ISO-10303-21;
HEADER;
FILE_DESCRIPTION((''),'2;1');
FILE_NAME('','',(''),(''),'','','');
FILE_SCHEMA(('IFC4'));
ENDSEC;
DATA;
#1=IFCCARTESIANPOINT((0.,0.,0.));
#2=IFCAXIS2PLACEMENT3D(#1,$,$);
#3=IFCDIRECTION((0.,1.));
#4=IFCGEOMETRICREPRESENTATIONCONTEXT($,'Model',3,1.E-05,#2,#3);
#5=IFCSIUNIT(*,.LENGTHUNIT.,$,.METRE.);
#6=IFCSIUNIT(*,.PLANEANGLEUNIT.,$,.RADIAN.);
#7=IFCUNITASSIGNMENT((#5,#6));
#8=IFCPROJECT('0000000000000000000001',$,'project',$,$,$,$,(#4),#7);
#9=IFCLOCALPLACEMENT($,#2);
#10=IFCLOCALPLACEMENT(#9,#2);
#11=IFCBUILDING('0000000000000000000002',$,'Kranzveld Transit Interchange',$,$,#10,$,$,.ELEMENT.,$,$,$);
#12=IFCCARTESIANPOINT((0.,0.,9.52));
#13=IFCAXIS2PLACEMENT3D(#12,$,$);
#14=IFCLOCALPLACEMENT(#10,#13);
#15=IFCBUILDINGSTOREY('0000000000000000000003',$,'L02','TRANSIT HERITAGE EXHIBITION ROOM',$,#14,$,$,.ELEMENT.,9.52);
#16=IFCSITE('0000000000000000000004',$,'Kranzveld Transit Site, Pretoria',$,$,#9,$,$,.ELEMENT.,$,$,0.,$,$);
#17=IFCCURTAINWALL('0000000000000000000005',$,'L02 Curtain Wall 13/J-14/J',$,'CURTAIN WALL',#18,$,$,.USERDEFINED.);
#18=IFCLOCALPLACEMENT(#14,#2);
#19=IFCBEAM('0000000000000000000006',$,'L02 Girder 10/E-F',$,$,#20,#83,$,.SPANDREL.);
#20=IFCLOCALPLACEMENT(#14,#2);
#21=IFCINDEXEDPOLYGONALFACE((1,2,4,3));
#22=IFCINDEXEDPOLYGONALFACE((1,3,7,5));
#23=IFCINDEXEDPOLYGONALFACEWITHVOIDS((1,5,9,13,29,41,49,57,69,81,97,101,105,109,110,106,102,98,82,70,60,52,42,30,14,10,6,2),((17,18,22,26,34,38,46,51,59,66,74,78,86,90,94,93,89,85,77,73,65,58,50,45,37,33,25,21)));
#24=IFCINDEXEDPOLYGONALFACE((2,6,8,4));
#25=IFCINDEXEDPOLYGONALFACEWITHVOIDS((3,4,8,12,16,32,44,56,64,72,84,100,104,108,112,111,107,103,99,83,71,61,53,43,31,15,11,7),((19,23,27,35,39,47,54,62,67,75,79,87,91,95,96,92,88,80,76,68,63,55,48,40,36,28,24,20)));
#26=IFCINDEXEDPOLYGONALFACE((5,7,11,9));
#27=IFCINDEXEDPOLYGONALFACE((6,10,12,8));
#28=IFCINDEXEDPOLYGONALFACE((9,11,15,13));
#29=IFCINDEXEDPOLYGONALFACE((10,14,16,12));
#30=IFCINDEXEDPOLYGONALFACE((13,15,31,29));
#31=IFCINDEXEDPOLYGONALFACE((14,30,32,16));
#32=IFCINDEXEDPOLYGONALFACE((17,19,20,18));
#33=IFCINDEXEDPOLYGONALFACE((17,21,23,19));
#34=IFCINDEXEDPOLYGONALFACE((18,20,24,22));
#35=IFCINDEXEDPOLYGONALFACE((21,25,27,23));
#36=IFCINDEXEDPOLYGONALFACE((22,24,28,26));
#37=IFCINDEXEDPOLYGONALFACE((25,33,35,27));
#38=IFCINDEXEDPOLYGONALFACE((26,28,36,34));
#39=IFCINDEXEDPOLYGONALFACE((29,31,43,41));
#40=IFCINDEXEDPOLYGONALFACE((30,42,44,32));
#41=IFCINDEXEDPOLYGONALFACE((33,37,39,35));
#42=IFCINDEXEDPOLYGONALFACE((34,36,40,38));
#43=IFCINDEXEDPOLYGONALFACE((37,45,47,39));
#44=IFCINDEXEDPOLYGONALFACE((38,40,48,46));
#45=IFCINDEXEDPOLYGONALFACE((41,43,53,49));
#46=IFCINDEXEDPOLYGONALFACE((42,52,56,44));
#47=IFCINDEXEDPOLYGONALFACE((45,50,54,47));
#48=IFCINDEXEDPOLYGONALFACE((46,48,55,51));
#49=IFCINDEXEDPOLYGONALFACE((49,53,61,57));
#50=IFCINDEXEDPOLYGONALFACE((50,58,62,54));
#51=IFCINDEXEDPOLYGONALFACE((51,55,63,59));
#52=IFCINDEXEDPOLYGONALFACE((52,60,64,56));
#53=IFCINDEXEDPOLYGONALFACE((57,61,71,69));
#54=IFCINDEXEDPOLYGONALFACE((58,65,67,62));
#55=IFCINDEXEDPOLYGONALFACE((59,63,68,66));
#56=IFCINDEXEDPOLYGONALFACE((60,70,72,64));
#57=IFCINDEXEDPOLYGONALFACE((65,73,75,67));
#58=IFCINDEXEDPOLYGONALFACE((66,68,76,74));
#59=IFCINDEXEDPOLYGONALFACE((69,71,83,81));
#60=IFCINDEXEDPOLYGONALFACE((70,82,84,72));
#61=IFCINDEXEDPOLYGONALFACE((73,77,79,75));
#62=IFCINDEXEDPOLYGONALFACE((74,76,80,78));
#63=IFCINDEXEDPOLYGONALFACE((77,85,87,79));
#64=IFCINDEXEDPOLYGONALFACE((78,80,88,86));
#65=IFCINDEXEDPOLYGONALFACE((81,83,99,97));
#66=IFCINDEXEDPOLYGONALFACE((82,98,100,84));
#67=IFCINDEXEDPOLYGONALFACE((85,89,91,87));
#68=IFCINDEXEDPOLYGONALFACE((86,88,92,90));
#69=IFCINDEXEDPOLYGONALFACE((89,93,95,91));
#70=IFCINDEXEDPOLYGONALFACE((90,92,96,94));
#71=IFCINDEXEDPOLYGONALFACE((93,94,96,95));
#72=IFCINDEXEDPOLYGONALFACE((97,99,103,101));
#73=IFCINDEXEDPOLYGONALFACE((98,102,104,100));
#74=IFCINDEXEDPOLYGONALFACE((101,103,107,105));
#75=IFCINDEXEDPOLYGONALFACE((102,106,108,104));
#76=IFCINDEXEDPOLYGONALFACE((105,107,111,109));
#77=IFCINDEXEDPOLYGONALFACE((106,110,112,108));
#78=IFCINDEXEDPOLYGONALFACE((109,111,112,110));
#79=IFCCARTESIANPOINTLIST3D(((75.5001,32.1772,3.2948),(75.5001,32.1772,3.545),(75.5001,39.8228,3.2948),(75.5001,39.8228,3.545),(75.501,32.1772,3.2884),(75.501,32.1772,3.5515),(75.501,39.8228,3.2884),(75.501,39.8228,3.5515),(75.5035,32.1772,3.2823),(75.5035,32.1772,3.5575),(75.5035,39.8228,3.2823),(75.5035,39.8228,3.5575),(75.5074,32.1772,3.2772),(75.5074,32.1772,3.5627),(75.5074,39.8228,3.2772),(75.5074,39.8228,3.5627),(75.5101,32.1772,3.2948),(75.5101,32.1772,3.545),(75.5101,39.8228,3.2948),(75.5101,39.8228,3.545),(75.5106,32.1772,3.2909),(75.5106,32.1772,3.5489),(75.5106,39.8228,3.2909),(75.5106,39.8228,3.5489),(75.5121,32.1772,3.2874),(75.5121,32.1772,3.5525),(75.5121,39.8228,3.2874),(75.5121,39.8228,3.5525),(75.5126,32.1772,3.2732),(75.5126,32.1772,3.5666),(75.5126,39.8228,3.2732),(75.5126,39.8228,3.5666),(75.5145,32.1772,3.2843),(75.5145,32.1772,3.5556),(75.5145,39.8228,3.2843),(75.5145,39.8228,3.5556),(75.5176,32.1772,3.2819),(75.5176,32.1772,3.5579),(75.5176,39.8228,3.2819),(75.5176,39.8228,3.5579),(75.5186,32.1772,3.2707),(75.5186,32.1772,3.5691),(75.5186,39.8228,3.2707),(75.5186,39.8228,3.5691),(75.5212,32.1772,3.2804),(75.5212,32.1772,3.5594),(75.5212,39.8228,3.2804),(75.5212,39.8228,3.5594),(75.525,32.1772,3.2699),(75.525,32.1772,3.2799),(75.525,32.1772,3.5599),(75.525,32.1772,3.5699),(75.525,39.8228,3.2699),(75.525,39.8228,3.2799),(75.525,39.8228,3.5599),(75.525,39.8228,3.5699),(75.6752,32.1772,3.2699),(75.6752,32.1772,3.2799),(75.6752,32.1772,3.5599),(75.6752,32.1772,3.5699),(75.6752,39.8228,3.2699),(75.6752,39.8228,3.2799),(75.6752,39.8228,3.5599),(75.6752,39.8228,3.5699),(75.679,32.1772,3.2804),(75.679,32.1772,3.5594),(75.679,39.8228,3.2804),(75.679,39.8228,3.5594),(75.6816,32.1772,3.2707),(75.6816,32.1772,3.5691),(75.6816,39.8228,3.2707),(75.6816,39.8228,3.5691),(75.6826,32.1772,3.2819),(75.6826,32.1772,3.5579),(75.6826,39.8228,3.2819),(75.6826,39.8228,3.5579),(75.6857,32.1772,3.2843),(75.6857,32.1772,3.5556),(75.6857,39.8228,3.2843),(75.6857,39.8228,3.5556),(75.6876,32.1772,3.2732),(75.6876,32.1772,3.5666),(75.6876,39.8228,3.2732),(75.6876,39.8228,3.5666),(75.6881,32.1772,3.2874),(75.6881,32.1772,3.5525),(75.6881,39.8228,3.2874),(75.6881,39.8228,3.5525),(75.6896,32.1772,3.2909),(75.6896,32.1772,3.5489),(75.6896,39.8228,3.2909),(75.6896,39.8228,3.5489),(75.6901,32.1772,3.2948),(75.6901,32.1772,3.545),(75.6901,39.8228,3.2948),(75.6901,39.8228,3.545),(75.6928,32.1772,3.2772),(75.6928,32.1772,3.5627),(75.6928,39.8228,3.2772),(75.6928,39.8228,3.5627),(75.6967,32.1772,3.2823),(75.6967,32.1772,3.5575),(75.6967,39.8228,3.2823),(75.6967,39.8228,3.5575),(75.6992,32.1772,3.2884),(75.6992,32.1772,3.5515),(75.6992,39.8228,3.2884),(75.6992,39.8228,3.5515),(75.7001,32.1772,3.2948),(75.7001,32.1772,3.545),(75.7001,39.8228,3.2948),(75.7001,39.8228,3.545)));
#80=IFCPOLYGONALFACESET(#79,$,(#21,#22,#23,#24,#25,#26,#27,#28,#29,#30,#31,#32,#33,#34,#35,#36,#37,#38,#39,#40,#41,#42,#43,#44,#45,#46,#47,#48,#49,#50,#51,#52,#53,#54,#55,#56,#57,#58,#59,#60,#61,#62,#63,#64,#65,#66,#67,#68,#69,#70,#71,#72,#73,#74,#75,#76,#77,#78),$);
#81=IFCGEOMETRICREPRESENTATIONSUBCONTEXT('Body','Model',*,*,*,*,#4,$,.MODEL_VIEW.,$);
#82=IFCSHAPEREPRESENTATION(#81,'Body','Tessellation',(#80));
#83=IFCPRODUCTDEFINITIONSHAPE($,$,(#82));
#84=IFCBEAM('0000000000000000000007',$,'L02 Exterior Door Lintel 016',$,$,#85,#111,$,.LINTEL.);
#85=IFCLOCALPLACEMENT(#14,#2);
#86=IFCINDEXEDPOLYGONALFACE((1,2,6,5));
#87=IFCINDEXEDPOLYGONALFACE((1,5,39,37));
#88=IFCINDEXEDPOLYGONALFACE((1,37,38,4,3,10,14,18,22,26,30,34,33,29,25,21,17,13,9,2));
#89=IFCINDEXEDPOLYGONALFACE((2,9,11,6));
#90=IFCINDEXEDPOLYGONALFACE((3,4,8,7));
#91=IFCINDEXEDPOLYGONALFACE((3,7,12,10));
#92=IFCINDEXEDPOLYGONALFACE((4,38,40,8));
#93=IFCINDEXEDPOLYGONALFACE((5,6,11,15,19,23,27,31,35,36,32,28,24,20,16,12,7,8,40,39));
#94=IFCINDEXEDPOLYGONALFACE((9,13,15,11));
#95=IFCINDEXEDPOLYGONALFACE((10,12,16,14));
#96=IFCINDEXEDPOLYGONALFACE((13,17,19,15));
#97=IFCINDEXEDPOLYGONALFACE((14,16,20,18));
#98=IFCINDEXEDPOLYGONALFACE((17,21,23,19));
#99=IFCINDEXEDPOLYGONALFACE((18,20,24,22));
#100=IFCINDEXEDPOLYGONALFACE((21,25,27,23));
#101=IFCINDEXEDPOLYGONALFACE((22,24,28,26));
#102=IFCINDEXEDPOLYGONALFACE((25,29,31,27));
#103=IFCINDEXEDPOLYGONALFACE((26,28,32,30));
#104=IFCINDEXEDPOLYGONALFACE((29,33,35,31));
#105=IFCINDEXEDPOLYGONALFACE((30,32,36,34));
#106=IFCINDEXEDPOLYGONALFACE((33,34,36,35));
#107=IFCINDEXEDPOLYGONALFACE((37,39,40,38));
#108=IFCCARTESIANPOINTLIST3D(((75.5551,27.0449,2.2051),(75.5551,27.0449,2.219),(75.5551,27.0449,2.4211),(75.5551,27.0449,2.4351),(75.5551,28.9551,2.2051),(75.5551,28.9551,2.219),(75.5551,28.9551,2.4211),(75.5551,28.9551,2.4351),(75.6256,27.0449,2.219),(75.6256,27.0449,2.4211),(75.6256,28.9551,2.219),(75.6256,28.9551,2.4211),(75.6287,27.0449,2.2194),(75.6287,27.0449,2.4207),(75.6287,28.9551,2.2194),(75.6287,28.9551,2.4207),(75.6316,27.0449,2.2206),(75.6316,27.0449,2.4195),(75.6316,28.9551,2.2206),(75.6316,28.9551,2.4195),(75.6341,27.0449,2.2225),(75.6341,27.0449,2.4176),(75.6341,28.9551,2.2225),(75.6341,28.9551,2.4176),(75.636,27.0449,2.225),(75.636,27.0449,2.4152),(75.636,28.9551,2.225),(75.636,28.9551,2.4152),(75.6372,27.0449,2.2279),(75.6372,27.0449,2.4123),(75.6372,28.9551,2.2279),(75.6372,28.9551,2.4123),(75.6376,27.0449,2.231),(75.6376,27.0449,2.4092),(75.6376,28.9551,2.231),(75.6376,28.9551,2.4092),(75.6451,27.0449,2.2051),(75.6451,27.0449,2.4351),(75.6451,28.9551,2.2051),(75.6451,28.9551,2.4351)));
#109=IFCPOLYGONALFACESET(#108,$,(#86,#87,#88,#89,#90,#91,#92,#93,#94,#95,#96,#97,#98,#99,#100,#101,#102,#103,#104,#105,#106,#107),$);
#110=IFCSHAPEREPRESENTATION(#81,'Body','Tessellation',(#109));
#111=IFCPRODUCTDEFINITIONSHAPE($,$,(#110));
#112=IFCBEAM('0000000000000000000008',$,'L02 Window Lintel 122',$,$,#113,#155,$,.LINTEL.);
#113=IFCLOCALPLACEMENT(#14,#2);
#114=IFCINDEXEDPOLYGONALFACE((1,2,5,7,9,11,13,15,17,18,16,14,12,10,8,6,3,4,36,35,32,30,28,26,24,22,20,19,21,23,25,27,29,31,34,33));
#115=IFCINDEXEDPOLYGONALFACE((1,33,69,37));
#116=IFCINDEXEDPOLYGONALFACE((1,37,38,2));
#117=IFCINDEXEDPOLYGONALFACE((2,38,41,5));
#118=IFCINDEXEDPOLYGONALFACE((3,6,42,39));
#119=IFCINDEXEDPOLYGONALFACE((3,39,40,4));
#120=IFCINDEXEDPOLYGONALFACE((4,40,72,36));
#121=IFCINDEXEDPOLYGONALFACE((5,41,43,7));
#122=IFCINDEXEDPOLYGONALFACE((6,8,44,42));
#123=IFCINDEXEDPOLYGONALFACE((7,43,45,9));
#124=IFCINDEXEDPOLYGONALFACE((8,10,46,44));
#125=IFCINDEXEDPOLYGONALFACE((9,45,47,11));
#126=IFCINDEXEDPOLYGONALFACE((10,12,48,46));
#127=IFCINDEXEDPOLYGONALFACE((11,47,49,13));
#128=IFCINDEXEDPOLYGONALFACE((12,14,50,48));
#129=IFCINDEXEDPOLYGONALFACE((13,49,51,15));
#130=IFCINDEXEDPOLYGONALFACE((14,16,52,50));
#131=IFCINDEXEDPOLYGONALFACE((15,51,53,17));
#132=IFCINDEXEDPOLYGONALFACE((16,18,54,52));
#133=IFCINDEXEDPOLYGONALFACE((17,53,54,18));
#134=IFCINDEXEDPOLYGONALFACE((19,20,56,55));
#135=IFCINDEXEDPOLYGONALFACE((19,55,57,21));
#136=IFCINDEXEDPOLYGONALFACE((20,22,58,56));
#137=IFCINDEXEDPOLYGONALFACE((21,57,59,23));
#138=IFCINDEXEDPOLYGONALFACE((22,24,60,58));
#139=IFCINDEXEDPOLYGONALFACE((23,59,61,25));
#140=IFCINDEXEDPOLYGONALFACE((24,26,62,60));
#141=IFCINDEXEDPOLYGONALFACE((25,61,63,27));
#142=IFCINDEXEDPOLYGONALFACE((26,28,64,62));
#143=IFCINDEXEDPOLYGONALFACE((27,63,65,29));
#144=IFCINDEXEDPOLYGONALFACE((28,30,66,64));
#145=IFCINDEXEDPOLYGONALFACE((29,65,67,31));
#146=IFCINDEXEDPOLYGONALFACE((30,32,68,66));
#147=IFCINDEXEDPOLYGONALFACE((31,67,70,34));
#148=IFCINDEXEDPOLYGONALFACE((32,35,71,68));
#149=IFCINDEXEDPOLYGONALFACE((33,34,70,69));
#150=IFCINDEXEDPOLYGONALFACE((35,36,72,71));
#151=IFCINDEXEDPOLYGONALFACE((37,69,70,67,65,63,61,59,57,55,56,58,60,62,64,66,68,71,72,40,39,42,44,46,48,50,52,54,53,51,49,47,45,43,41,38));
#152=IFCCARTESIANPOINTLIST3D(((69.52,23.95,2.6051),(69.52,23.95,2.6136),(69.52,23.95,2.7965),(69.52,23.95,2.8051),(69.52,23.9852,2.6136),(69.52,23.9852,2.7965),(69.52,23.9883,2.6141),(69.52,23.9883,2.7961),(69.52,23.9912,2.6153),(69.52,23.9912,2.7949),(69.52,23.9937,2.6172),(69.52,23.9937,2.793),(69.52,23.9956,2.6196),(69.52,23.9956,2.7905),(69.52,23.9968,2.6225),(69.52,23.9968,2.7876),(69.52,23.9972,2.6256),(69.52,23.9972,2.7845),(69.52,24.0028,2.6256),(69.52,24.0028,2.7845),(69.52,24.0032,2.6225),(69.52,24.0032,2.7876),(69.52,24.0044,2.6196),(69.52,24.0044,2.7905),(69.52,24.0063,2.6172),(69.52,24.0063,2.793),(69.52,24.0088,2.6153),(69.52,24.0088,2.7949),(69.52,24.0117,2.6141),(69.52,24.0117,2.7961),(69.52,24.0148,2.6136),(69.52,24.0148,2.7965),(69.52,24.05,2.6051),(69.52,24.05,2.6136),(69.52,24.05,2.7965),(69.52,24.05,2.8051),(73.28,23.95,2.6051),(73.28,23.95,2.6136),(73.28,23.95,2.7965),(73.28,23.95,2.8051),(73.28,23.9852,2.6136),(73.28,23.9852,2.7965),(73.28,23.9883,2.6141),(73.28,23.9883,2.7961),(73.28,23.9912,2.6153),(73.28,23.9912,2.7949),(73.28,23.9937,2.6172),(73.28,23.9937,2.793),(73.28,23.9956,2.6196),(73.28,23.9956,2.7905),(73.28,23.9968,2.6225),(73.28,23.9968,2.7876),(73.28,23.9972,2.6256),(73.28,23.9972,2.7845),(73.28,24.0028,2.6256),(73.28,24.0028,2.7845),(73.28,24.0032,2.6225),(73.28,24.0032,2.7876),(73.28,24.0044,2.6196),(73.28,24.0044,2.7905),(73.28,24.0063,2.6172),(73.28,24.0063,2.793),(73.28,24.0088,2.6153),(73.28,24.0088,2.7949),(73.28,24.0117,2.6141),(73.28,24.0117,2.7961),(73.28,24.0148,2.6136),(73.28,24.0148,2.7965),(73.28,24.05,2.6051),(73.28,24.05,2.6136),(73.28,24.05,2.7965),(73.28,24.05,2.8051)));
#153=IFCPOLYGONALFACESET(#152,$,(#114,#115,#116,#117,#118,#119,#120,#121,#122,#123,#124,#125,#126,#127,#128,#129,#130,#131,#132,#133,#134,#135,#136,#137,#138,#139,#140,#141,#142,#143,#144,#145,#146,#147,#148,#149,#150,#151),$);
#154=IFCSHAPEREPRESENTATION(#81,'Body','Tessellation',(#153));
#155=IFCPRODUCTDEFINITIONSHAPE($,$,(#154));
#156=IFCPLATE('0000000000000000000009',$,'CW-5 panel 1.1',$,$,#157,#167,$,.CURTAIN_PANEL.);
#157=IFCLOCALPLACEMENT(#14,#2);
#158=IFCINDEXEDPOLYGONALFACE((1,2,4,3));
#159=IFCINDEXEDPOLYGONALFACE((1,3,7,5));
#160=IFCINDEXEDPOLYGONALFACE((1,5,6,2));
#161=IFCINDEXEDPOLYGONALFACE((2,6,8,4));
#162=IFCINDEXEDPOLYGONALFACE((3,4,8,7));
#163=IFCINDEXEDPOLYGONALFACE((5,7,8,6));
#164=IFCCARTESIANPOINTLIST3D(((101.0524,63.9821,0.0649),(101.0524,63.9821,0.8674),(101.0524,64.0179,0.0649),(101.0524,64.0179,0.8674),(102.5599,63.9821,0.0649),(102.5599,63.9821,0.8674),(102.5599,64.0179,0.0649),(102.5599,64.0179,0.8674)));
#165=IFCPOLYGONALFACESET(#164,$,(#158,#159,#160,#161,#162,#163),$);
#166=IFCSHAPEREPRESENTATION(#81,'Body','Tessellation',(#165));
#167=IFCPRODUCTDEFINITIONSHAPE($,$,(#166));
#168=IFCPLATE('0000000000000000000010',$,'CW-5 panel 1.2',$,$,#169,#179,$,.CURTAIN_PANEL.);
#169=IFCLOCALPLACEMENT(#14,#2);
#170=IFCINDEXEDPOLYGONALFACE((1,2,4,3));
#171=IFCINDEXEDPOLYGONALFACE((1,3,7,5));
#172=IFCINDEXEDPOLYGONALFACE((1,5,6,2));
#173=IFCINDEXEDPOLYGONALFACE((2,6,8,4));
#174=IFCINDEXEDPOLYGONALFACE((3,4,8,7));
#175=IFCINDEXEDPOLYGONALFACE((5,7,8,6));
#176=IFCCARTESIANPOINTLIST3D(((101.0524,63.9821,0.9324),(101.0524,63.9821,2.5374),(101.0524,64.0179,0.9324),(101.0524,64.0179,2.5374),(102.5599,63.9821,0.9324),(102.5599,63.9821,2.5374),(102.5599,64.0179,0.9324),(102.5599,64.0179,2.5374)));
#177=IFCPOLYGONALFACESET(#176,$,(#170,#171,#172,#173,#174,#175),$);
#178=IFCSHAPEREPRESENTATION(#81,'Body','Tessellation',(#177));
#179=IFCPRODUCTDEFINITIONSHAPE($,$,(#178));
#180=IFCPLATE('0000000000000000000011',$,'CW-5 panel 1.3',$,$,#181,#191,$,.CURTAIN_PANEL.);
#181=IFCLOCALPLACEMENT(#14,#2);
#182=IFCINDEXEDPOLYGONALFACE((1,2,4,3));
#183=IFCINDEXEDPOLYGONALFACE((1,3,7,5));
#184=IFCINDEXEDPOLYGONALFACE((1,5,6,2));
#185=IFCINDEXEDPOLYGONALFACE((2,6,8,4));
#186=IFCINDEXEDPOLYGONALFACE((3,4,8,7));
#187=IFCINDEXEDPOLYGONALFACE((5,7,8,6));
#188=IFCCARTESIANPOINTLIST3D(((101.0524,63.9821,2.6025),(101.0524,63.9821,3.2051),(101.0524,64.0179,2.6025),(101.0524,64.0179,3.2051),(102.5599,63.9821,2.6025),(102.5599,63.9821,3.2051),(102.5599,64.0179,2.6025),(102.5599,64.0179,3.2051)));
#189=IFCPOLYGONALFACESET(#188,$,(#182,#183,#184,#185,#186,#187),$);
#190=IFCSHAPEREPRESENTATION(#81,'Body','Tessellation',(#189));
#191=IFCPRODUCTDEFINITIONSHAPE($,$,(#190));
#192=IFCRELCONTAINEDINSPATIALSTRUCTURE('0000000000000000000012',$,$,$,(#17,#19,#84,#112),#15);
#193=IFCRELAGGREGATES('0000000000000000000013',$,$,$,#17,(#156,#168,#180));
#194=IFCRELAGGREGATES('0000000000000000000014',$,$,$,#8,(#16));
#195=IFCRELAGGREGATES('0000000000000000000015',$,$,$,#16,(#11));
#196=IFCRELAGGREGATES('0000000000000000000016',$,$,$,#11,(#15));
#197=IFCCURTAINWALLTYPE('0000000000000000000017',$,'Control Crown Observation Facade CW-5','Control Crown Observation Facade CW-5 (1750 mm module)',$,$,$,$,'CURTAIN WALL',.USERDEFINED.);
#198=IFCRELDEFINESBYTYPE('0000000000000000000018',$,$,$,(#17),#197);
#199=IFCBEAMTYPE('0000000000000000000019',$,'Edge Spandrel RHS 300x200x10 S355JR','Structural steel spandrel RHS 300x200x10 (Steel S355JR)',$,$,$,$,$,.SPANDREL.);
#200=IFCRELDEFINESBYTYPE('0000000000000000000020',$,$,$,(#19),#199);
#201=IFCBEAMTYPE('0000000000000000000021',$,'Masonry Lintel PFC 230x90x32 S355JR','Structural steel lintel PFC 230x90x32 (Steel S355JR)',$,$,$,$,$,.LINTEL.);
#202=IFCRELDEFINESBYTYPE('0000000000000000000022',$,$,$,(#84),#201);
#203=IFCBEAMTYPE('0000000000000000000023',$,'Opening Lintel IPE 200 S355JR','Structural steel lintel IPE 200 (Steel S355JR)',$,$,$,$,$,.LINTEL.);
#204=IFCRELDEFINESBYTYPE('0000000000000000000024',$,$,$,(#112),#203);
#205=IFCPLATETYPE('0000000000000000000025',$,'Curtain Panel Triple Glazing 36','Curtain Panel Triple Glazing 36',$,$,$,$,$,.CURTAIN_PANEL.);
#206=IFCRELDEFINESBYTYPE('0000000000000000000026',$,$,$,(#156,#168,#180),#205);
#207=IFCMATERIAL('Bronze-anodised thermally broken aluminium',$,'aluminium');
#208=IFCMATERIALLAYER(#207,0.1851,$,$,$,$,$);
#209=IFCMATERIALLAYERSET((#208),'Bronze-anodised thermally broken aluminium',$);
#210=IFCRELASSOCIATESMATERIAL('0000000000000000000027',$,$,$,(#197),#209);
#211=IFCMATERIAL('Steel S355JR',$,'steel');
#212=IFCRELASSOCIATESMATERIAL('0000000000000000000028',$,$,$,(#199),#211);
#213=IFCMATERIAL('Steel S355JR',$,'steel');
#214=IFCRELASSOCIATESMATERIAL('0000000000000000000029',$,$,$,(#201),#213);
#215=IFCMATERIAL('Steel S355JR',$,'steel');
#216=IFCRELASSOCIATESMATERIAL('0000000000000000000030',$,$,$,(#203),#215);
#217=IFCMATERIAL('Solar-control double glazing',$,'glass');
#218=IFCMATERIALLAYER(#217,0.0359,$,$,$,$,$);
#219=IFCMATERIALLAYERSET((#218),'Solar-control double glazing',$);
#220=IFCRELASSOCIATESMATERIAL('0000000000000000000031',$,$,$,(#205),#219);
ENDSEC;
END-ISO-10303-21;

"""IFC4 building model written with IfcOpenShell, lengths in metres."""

from ifc_helpers import new_model, si_unit, direction, frame, origin, origin_2d, place, context, subcontext, project, spatial, rectangle, hollow_rectangle, i_section, u_section, extrude, material, layer, layer_set, material_profile, profile_set, type_object, element, aggregate, save


model = new_model("IFC4")

# Units and contexts
model_context = context("Model", 3, precision=1e-05, world=origin(), true_north=direction((0.0, 1.0)))
body_context = subcontext(model_context, "Body", "Model", "MODEL_VIEW")
ifc_project = project(units=[si_unit("LENGTHUNIT", "METRE"), si_unit("PLANEANGLEUNIT", "RADIAN")], contexts=[model_context])

# Site, building, storey
site_placement = place(None, origin())
site = spatial("IfcSite", under=ifc_project, at=site_placement, Name="Kranzveld Transit Site, Pretoria", CompositionType="ELEMENT", RefElevation=0.0)
building_placement = place(site_placement, origin())
building = spatial("IfcBuilding", under=site, at=building_placement, Name="Kranzveld Transit Interchange", CompositionType="ELEMENT")
storey_placement = place(building_placement, frame((0.0, 0.0, 9.52)))
storey = spatial("IfcBuildingStorey", under=building, at=storey_placement, Name="L02", Description="TRANSIT HERITAGE EXHIBITION ROOM", CompositionType="ELEMENT", Elevation=9.52)

# Curtain wall
ifc_material_1 = material(Name="Bronze-anodised thermally broken aluminium", Category="aluminium")
ifc_layer_1 = layer(ifc_material_1, 0.1851)
ifc_layer_set_1 = layer_set([ifc_layer_1], Name="Bronze-anodised thermally broken aluminium")
curtain_wall_type = type_object("IfcCurtainWallType", Name="Control Crown Observation Facade CW-5", Description="Control Crown Observation Facade CW-5 (1750 mm module)", ElementType="CURTAIN WALL", PredefinedType="USERDEFINED", material=ifc_layer_set_1)
curtain_wall_placement = place(storey_placement, origin())
curtain_wall = element("IfcCurtainWall", 1, at=curtain_wall_placement, inside=storey, type_object=curtain_wall_type, Name="L02 Curtain Wall 13/J-14/J", ObjectType="CURTAIN WALL", PredefinedType="USERDEFINED")

# Beams
ifc_material_2 = material(Name="Steel S355JR", Category="steel")
ifc_material_profile_1 = material_profile(ifc_material_2, hollow_rectangle(XDim=0.2, YDim=0.3, WallThickness=0.01, InnerFilletRadius=0.0149, OuterFilletRadius=0.0249, at=origin_2d()), Name="RHS 300x200x10")
ifc_profile_set_1 = profile_set([ifc_material_profile_1], Name="Steel S355JR")
beam_type_1 = type_object("IfcBeamType", Name="Edge Spandrel RHS 300x200x10 S355JR", Description="Structural steel spandrel RHS 300x200x10 (Steel S355JR)", PredefinedType="SPANDREL", material=ifc_profile_set_1)
for number, where, z_axis, x_axis, name in (
    (2, (75.6001, 32.1772, 3.4199), (0.0, 1.0, 0.0), (-1.0, 0.0, 0.0), "L02 Girder 10/E-F"),
):
    element("IfcBeam", number, at=place(storey_placement, frame(where, z_axis=z_axis, x_axis=x_axis)), inside=storey, type_object=beam_type_1, Name=name, PredefinedType="SPANDREL", context=body_context, shape_type="SweptSolid", body=[
        extrude(hollow_rectangle(XDim=0.2, YDim=0.3, WallThickness=0.01, InnerFilletRadius=0.0149, OuterFilletRadius=0.0249, at=origin_2d()), origin(), (0.0, 0.0, 1.0), 7.6455),
    ])
ifc_material_3 = material(Name="Steel S355JR", Category="steel")
ifc_material_profile_2 = material_profile(ifc_material_3, u_section(Depth=0.23, FlangeWidth=0.0901, WebThickness=0.0076, FlangeThickness=0.0139, FilletRadius=0.012, at=origin_2d()), Name="PFC 230x90x32")
ifc_profile_set_2 = profile_set([ifc_material_profile_2], Name="Steel S355JR")
beam_type_2 = type_object("IfcBeamType", Name="Masonry Lintel PFC 230x90x32 S355JR", Description="Structural steel lintel PFC 230x90x32 (Steel S355JR)", PredefinedType="LINTEL", material=ifc_profile_set_2)
beam_1_placement = place(storey_placement, frame((75.6001, 27.0449, 2.3201), z_axis=(0.0, 1.0, 0.0), x_axis=(-1.0, 0.0, 0.0)))
element("IfcBeam", 3, at=beam_1_placement, inside=storey, type_object=beam_type_2, Name="L02 Exterior Door Lintel 016", PredefinedType="LINTEL", context=body_context, shape_type="SweptSolid", body=[
    extrude(u_section(Depth=0.23, FlangeWidth=0.0901, WebThickness=0.0076, FlangeThickness=0.0139, FilletRadius=0.012, at=origin_2d()), origin(), (0.0, 0.0, 1.0), 1.9102),
])
ifc_material_4 = material(Name="Steel S355JR", Category="steel")
ifc_material_profile_3 = material_profile(ifc_material_4, i_section(OverallWidth=0.1001, OverallDepth=0.2, WebThickness=0.0056, FlangeThickness=0.0085, FilletRadius=0.012, at=origin_2d()), Name="IPE 200")
ifc_profile_set_3 = profile_set([ifc_material_profile_3], Name="Steel S355JR")
beam_type_3 = type_object("IfcBeamType", Name="Opening Lintel IPE 200 S355JR", Description="Structural steel lintel IPE 200 (Steel S355JR)", PredefinedType="LINTEL", material=ifc_profile_set_3)
beam_2_placement = place(storey_placement, frame((69.52, 24.0, 2.7051), z_axis=(1.0, 0.0, 0.0), x_axis=(0.0, 1.0, 0.0)))
element("IfcBeam", 4, at=beam_2_placement, inside=storey, type_object=beam_type_3, Name="L02 Window Lintel 122", PredefinedType="LINTEL", context=body_context, shape_type="SweptSolid", body=[
    extrude(i_section(OverallWidth=0.1001, OverallDepth=0.2, WebThickness=0.0056, FlangeThickness=0.0085, FilletRadius=0.012, at=origin_2d()), origin(), (0.0, 0.0, 1.0), 3.76),
])

# Plates
ifc_material_5 = material(Name="Solar-control double glazing", Category="glass")
ifc_layer_2 = layer(ifc_material_5, 0.0359)
ifc_layer_set_2 = layer_set([ifc_layer_2], Name="Solar-control double glazing")
plate_type = type_object("IfcPlateType", Name="Curtain Panel Triple Glazing 36", Description="Curtain Panel Triple Glazing 36", PredefinedType="CURTAIN_PANEL", material=ifc_layer_set_2)
plate_1_placement = place(storey_placement, frame((101.8062, 64.0, 0.0649), z_axis=(0.0, 0.0, 1.0), x_axis=(1.0, 0.0, 0.0)))
plate_1 = element("IfcPlate", 5, at=plate_1_placement, type_object=plate_type, Name="CW-5 panel 1.1", PredefinedType="CURTAIN_PANEL", context=body_context, shape_type="SweptSolid", body=[
    extrude(rectangle(XDim=1.5076, YDim=0.0359, at=origin_2d()), origin(), (0.0, 0.0, 1.0), 0.8025),
])
plate_2_placement = place(storey_placement, frame((101.8062, 64.0, 0.9324), z_axis=(0.0, 0.0, 1.0), x_axis=(1.0, 0.0, 0.0)))
plate_2 = element("IfcPlate", 6, at=plate_2_placement, type_object=plate_type, Name="CW-5 panel 1.2", PredefinedType="CURTAIN_PANEL", context=body_context, shape_type="SweptSolid", body=[
    extrude(rectangle(XDim=1.5076, YDim=0.0359, at=origin_2d()), origin(), (0.0, 0.0, 1.0), 1.605),
])
plate_3_placement = place(storey_placement, frame((101.8062, 64.0, 2.6025), z_axis=(0.0, 0.0, 1.0), x_axis=(1.0, 0.0, 0.0)))
plate_3 = element("IfcPlate", 7, at=plate_3_placement, type_object=plate_type, Name="CW-5 panel 1.3", PredefinedType="CURTAIN_PANEL", context=body_context, shape_type="SweptSolid", body=[
    extrude(rectangle(XDim=1.5076, YDim=0.0359, at=origin_2d()), origin(), (0.0, 0.0, 1.0), 0.6025),
])
aggregate(curtain_wall, [plate_1, plate_2, plate_3])

save(model, "model.ifc")
